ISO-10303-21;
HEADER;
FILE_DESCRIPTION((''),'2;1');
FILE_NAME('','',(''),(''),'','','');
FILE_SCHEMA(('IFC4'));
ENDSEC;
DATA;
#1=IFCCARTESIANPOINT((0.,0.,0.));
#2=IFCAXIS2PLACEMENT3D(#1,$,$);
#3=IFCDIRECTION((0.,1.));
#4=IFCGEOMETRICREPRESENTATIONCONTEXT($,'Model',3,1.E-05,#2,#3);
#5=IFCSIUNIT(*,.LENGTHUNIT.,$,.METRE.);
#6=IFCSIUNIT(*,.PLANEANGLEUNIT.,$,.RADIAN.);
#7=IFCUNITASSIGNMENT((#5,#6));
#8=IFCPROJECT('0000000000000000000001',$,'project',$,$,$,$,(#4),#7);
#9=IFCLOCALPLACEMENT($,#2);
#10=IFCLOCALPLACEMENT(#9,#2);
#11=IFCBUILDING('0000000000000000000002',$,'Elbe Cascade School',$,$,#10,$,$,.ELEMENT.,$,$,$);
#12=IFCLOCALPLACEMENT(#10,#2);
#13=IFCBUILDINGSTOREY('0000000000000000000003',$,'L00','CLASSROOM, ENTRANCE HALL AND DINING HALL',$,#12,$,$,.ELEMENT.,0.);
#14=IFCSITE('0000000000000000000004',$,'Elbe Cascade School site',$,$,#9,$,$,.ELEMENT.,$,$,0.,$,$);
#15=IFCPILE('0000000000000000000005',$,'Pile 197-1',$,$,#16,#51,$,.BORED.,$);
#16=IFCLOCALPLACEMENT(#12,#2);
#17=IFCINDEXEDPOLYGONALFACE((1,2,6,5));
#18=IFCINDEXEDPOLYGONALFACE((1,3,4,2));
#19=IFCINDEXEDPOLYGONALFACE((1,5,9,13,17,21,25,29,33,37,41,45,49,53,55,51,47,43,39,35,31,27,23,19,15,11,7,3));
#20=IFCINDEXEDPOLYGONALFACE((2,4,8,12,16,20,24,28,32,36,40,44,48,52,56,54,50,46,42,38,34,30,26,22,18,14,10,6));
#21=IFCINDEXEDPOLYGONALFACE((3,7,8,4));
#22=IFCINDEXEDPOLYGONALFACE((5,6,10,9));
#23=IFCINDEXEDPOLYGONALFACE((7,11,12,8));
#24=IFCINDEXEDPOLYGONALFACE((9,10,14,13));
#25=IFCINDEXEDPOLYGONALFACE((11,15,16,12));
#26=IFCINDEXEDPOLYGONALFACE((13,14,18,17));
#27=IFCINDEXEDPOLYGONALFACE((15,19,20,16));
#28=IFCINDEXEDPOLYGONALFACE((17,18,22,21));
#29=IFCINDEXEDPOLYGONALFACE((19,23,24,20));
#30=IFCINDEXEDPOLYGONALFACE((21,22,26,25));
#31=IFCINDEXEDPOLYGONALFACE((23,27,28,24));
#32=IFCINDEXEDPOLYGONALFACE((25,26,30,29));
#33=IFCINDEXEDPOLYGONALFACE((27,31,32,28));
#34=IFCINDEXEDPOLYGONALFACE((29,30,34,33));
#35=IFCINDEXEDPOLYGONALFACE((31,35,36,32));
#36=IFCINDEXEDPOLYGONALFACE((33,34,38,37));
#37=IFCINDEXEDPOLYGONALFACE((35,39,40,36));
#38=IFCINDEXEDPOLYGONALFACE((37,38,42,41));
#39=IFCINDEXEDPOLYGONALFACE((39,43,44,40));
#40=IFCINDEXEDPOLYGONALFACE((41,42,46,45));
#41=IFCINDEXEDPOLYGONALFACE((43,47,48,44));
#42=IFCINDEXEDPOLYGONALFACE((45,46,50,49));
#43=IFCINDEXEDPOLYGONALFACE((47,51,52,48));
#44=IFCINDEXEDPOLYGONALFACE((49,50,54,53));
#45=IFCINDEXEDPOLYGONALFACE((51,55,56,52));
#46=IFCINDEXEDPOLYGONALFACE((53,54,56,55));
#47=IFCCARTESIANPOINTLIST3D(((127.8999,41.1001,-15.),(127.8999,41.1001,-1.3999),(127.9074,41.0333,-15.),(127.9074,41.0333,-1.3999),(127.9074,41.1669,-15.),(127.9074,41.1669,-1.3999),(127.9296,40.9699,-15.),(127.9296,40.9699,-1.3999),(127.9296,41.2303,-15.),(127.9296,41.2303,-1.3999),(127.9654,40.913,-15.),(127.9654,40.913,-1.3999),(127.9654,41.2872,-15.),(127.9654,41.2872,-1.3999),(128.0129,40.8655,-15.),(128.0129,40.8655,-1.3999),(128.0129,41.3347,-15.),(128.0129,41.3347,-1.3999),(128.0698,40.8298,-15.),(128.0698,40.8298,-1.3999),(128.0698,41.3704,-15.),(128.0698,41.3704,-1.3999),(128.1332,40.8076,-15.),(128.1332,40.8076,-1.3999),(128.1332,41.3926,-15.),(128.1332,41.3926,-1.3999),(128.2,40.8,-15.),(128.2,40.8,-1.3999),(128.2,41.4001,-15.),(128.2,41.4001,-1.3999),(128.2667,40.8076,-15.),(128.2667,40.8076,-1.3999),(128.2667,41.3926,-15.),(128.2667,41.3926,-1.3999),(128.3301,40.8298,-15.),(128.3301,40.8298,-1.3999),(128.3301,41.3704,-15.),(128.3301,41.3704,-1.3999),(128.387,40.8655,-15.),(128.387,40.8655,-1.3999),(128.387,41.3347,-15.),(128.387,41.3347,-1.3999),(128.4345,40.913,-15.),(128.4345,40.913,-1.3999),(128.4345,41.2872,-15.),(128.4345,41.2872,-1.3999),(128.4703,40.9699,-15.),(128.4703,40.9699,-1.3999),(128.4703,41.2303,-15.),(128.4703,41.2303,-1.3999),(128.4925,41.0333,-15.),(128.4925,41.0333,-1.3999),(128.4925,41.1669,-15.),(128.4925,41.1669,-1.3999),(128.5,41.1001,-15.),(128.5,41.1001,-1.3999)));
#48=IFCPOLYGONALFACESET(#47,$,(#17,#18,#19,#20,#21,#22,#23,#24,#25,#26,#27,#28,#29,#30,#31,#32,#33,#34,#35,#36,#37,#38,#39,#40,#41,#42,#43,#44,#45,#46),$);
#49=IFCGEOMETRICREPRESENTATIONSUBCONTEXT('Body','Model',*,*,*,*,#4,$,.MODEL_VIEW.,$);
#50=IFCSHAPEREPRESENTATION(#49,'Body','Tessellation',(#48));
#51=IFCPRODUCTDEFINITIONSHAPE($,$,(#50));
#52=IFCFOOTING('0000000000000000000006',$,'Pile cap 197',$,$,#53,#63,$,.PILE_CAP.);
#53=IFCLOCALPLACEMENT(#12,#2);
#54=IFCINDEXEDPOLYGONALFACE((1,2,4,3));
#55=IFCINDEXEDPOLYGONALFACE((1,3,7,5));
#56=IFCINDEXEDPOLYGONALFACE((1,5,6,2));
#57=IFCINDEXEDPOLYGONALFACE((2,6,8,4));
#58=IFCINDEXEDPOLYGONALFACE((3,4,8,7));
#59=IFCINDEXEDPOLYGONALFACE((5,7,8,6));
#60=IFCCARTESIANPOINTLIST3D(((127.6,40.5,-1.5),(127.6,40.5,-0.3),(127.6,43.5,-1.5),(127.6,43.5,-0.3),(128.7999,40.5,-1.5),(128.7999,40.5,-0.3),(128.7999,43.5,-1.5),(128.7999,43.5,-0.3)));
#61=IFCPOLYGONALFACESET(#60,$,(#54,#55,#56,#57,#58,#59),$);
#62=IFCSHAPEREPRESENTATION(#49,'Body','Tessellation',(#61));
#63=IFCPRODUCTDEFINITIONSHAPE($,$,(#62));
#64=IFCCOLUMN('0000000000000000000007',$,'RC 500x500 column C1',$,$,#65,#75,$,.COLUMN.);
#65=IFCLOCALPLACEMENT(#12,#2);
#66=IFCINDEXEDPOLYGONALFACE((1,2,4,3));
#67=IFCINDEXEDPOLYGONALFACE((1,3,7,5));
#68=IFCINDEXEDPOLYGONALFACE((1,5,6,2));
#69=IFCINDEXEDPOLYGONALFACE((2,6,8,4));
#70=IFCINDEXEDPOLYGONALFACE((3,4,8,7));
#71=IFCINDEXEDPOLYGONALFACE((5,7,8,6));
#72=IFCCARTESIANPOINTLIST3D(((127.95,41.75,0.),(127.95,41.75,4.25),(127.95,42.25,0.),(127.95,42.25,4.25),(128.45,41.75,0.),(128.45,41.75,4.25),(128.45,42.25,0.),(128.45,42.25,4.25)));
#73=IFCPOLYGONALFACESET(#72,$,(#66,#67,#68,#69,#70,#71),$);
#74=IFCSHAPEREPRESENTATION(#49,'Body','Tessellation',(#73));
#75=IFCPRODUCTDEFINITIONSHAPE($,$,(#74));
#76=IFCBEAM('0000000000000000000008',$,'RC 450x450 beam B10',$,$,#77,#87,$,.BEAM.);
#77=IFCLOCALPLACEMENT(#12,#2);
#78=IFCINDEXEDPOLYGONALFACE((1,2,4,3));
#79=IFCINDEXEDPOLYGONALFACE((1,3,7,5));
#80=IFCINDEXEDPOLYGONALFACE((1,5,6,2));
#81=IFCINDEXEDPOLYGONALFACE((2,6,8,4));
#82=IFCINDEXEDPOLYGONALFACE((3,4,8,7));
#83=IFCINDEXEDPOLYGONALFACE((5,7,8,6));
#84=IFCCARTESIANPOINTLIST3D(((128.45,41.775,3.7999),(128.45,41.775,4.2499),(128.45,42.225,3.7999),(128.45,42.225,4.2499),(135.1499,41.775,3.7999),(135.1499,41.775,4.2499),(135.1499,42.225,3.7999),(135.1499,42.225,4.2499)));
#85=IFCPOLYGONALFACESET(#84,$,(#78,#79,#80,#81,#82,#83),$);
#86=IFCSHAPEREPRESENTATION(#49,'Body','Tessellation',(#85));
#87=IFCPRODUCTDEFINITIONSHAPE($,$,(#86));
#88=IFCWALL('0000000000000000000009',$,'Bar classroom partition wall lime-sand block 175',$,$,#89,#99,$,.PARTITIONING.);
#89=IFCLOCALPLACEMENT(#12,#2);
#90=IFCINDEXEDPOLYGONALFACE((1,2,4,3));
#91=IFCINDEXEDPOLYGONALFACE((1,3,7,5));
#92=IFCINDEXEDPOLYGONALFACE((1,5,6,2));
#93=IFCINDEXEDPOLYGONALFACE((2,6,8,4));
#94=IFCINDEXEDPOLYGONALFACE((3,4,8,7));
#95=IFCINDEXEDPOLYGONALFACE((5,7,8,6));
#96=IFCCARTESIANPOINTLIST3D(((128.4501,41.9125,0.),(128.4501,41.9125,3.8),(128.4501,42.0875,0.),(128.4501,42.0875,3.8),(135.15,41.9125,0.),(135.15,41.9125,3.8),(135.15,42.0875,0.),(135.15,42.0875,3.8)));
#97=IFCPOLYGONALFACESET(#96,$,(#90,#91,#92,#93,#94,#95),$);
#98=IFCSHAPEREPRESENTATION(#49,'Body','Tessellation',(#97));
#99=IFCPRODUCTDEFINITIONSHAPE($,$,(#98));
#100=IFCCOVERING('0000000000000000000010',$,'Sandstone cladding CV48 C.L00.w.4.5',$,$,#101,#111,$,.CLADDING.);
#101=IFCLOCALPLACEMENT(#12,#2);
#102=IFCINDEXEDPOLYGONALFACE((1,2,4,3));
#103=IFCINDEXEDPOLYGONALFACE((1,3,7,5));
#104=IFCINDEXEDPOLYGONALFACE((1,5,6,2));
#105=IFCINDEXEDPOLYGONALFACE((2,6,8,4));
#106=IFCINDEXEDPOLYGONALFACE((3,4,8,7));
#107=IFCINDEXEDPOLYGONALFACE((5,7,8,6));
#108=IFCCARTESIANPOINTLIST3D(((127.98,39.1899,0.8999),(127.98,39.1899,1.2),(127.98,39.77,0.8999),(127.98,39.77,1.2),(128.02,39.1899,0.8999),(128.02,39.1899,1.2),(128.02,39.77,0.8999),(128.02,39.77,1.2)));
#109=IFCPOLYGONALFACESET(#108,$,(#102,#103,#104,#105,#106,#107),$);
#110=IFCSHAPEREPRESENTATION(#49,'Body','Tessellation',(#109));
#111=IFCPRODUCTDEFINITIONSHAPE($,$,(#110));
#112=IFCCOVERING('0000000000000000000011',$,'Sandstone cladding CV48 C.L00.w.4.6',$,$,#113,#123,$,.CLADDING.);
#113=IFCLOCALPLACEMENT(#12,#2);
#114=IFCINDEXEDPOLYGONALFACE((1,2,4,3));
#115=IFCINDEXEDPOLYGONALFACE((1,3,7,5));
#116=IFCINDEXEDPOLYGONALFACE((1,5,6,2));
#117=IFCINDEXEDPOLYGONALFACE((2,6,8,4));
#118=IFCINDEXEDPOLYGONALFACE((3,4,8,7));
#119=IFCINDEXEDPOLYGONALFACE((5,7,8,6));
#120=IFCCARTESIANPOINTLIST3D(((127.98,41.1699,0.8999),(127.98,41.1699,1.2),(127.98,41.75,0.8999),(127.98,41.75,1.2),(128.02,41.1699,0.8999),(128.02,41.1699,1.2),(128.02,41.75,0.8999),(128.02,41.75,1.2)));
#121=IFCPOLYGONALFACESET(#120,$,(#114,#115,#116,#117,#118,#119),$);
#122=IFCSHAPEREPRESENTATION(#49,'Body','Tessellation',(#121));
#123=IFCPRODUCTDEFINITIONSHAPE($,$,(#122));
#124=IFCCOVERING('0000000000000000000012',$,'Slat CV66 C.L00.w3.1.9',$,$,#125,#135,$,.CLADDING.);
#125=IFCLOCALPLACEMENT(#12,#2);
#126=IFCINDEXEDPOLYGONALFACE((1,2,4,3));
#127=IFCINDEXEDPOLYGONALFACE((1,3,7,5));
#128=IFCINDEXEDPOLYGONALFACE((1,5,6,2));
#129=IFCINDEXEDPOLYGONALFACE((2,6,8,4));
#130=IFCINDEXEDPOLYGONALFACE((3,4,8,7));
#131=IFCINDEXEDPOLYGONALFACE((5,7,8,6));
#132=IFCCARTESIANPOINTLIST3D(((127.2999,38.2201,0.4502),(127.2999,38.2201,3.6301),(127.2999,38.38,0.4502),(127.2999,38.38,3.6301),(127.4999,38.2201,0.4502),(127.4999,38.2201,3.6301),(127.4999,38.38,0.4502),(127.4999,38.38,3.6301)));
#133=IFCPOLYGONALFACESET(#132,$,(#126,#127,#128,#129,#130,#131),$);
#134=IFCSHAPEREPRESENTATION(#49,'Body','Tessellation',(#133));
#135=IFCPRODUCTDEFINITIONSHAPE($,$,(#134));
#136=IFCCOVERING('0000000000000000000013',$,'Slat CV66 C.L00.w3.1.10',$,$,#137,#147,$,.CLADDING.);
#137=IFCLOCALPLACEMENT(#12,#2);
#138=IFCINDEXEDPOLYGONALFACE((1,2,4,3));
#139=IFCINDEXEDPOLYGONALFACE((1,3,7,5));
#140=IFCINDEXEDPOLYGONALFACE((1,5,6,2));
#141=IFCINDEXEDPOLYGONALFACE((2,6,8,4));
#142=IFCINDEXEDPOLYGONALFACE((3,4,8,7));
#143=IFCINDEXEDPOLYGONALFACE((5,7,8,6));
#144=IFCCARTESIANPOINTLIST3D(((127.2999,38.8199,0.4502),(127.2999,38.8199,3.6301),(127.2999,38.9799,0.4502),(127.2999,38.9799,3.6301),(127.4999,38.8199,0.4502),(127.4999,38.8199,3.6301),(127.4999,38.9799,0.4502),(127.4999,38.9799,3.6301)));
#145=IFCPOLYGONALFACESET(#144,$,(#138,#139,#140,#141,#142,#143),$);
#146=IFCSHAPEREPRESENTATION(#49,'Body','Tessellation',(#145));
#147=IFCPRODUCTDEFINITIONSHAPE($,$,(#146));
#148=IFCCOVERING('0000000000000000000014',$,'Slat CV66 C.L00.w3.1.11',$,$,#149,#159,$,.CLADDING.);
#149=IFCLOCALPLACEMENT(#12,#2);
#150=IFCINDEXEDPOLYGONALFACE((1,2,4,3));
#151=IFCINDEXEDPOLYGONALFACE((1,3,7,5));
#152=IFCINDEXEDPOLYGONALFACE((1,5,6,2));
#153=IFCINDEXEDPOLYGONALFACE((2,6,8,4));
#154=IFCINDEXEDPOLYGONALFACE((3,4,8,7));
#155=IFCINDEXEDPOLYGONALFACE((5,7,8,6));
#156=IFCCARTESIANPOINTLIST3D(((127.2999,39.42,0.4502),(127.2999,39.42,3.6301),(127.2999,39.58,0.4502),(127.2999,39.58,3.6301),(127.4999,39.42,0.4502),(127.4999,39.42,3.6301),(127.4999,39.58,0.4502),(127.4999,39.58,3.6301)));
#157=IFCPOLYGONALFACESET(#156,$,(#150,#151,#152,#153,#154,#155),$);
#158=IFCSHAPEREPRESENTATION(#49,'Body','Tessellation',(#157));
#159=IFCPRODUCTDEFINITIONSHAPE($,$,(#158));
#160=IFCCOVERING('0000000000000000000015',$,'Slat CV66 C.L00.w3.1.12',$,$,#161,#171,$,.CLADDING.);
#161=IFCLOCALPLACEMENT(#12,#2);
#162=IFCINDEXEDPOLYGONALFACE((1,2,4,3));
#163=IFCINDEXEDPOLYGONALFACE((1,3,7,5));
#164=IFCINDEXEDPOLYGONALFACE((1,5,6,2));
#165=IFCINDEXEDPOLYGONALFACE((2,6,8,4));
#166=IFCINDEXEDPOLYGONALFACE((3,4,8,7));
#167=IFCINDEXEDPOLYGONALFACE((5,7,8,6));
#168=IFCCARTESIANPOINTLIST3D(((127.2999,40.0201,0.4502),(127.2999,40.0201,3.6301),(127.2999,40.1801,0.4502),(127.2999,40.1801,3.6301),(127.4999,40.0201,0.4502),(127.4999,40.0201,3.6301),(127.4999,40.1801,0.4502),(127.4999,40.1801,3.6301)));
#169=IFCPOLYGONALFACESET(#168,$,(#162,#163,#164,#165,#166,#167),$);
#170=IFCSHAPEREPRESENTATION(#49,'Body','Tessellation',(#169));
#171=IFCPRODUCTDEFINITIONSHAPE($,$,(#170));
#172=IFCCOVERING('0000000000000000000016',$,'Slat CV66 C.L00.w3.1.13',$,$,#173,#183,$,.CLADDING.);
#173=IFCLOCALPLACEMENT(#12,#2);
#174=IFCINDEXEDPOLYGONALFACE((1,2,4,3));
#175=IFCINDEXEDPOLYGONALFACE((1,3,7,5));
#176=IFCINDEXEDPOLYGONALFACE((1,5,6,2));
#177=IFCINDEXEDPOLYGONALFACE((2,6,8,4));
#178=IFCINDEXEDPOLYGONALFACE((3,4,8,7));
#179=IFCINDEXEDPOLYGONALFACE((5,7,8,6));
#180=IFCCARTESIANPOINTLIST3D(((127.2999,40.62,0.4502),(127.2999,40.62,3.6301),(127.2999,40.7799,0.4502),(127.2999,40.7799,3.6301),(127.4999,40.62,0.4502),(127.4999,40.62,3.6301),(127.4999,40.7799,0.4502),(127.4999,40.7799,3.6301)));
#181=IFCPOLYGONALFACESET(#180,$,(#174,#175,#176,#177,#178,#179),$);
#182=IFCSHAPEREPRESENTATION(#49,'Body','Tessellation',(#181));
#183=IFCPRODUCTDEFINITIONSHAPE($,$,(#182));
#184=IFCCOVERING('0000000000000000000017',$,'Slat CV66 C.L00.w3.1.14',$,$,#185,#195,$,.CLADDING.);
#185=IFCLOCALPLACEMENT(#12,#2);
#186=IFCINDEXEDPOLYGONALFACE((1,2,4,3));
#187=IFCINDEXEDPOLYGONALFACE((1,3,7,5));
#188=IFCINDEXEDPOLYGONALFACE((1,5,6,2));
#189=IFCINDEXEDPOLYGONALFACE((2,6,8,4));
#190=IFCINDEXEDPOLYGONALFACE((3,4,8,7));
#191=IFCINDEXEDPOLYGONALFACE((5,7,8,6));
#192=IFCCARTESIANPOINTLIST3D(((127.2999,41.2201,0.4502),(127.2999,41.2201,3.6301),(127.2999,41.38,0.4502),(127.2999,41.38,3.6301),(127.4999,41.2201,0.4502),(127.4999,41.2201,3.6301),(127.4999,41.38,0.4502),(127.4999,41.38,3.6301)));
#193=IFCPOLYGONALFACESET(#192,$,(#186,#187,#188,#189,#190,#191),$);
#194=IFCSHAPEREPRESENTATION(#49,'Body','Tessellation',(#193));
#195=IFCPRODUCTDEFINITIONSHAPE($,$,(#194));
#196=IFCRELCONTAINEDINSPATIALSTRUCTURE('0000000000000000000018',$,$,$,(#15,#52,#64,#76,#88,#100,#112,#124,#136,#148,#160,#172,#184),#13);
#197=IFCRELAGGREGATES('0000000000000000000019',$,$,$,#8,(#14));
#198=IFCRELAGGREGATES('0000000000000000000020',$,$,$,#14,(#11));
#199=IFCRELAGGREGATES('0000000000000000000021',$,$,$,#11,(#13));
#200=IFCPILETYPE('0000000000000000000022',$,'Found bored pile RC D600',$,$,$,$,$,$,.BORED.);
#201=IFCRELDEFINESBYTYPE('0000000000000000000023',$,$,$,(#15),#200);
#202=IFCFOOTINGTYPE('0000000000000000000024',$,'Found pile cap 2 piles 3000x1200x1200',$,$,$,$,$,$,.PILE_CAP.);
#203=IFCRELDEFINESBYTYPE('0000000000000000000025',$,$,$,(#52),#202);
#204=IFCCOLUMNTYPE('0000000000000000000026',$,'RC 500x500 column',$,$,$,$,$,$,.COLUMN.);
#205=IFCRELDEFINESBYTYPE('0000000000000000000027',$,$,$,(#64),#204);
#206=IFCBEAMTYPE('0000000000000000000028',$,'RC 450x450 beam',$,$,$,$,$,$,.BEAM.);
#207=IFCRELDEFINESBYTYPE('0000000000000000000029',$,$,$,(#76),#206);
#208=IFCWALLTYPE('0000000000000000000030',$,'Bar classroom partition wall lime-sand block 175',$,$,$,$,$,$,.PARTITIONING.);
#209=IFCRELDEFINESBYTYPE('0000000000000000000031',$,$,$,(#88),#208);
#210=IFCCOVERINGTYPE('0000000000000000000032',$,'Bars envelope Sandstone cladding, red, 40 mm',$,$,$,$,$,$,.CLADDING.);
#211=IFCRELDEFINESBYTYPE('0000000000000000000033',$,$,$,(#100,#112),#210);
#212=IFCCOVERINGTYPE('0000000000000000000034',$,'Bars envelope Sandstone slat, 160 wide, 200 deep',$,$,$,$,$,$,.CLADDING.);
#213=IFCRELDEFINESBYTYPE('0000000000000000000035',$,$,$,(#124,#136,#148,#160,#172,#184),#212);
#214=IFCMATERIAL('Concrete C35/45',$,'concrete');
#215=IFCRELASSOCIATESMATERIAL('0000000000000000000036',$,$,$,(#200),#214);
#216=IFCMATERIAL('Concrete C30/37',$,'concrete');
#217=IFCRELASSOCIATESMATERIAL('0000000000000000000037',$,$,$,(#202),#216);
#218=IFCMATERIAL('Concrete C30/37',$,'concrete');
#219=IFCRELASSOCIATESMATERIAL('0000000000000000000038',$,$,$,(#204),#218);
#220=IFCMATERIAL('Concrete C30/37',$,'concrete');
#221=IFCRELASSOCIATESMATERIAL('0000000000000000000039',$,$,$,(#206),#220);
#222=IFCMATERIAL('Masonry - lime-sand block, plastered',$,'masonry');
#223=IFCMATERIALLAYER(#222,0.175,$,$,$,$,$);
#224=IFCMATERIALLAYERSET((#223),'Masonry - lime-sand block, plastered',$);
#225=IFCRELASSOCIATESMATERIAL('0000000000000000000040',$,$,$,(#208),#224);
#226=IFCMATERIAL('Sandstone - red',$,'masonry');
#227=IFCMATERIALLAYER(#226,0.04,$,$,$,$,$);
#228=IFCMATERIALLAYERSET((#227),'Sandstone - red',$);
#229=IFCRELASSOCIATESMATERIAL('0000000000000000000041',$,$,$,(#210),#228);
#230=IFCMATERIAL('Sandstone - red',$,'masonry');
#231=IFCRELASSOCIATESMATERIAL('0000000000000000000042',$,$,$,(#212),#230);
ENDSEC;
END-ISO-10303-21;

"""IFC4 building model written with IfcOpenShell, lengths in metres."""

from ifc_helpers import new_model, si_unit, direction, frame, frame_2d, origin, origin_2d, place, context, subcontext, project, spatial, rectangle, circle, extrude, material, layer, layer_set, material_profile, profile_set, type_object, element, save


model = new_model("IFC4")

# Units and contexts
model_context = context("Model", 3, precision=1e-05, world=origin(), true_north=direction((0.0, 1.0)))
body_context = subcontext(model_context, "Body", "Model", "MODEL_VIEW")
ifc_project = project(units=[si_unit("LENGTHUNIT", "METRE"), si_unit("PLANEANGLEUNIT", "RADIAN")], contexts=[model_context])

# Site, building, storey
site_placement = place(None, origin())
site = spatial("IfcSite", under=ifc_project, at=site_placement, Name="Elbe Cascade School site", CompositionType="ELEMENT", RefElevation=0.0)
building_placement = place(site_placement, origin())
building = spatial("IfcBuilding", under=site, at=building_placement, Name="Elbe Cascade School", CompositionType="ELEMENT")
storey_placement = place(building_placement, origin())
storey = spatial("IfcBuildingStorey", under=building, at=storey_placement, Name="L00", Description="CLASSROOM, ENTRANCE HALL AND DINING HALL", CompositionType="ELEMENT", Elevation=0.0)

# Pile
ifc_material_1 = material(Name="Concrete C35/45", Category="concrete")
ifc_material_profile_1 = material_profile(ifc_material_1, circle(Radius=0.3, at=origin_2d()), Name="RC D600")
ifc_profile_set_1 = profile_set([ifc_material_profile_1], Name="Concrete C35/45")
pile_type = type_object("IfcPileType", Name="Found bored pile RC D600", PredefinedType="BORED", material=ifc_profile_set_1)
pile_placement = place(storey_placement, frame((128.2, 41.1001, -1.3999), z_axis=(0.0, 0.0, -1.0), x_axis=(1.0, 0.0, 0.0)))
element("IfcPile", 1, at=pile_placement, inside=storey, type_object=pile_type, Name="Pile 197-1", PredefinedType="BORED", context=body_context, shape_type="SweptSolid", body=[
    extrude(circle(Radius=0.3, at=origin_2d()), origin(), (0.0, 0.0, 1.0), 13.6001),
])

# Footing
ifc_material_2 = material(Name="Concrete C30/37", Category="concrete")
footing_type = type_object("IfcFootingType", Name="Found pile cap 2 piles 3000x1200x1200", PredefinedType="PILE_CAP", material=ifc_material_2)
footing_placement = place(storey_placement, frame((128.2, 42.0, -1.5), z_axis=(0.0, 0.0, 1.0), x_axis=(1.0, 0.0, 0.0)))
element("IfcFooting", 2, at=footing_placement, inside=storey, type_object=footing_type, Name="Pile cap 197", PredefinedType="PILE_CAP", context=body_context, shape_type="SweptSolid", body=[
    extrude(rectangle(XDim=1.2, YDim=3.0, at=origin_2d()), origin(), (0.0, 0.0, 1.0), 1.2),
])

# Column
ifc_material_3 = material(Name="Concrete C30/37", Category="concrete")
ifc_material_profile_2 = material_profile(ifc_material_3, rectangle(XDim=0.5, YDim=0.5, at=origin_2d()), Name="RC 500x500")
ifc_profile_set_2 = profile_set([ifc_material_profile_2], Name="Concrete C30/37")
column_type = type_object("IfcColumnType", Name="RC 500x500 column", PredefinedType="COLUMN", material=ifc_profile_set_2)
column_placement = place(storey_placement, frame((128.2, 42.0, 0.0), z_axis=(0.0, 0.0, 1.0), x_axis=(1.0, 0.0, 0.0)))
element("IfcColumn", 3, at=column_placement, inside=storey, type_object=column_type, Name="RC 500x500 column C1", PredefinedType="COLUMN", context=body_context, shape_type="SweptSolid", body=[
    extrude(rectangle(XDim=0.5, YDim=0.5, at=origin_2d()), origin(), (0.0, 0.0, 1.0), 4.25),
])

# Beam
ifc_material_4 = material(Name="Concrete C30/37", Category="concrete")
ifc_material_profile_3 = material_profile(ifc_material_4, rectangle(XDim=0.45, YDim=0.45, at=origin_2d()), Name="RC 450x450")
ifc_profile_set_3 = profile_set([ifc_material_profile_3], Name="Concrete C30/37")
beam_type = type_object("IfcBeamType", Name="RC 450x450 beam", PredefinedType="BEAM", material=ifc_profile_set_3)
beam_placement = place(storey_placement, frame((128.45, 42.0, 4.0249), z_axis=(1.0, 0.0, 0.0), x_axis=(0.0, 1.0, 0.0)))
element("IfcBeam", 4, at=beam_placement, inside=storey, type_object=beam_type, Name="RC 450x450 beam B10", PredefinedType="BEAM", context=body_context, shape_type="SweptSolid", body=[
    extrude(rectangle(XDim=0.45, YDim=0.45, at=origin_2d()), origin(), (0.0, 0.0, 1.0), 6.7),
])

# Wall
ifc_material_5 = material(Name="Masonry - lime-sand block, plastered", Category="masonry")
ifc_layer_1 = layer(ifc_material_5, 0.175)
ifc_layer_set_1 = layer_set([ifc_layer_1], Name="Masonry - lime-sand block, plastered")
wall_type = type_object("IfcWallType", Name="Bar classroom partition wall lime-sand block 175", PredefinedType="PARTITIONING", material=ifc_layer_set_1)
wall_placement = place(storey_placement, frame((128.45, 42.0, 0.0), z_axis=(0.0, 0.0, 1.0), x_axis=(1.0, 0.0, 0.0)))
element("IfcWall", 5, at=wall_placement, inside=storey, type_object=wall_type, Name="Bar classroom partition wall lime-sand block 175", PredefinedType="PARTITIONING", context=body_context, shape_type="SweptSolid", body=[
    extrude(rectangle(XDim=6.7, YDim=0.175, at=frame_2d((3.3501, 0.0))), origin(), (0.0, 0.0, 1.0), 3.8),
])

# Coverings
ifc_material_6 = material(Name="Sandstone - red", Category="masonry")
ifc_layer_2 = layer(ifc_material_6, 0.04)
ifc_layer_set_2 = layer_set([ifc_layer_2], Name="Sandstone - red")
covering_type_1 = type_object("IfcCoveringType", Name="Bars envelope Sandstone cladding, red, 40 mm", PredefinedType="CLADDING", material=ifc_layer_set_2)
for number, where, z_axis, x_axis, name in (
    (6, (128.0, 39.48, 0.8999), (0.0, 0.0, 1.0), (0.0, 1.0, 0.0), "Sandstone cladding CV48 C.L00.w.4.5"),
    (7, (128.0, 41.46, 0.8999), (0.0, 0.0, 1.0), (0.0, 1.0, 0.0), "Sandstone cladding CV48 C.L00.w.4.6"),
):
    element("IfcCovering", number, at=place(storey_placement, frame(where, z_axis=z_axis, x_axis=x_axis)), inside=storey, type_object=covering_type_1, Name=name, PredefinedType="CLADDING", context=body_context, shape_type="SweptSolid", body=[
        extrude(rectangle(XDim=0.5801, YDim=0.04, at=origin_2d()), origin(), (0.0, 0.0, 1.0), 0.3),
    ])
ifc_material_7 = material(Name="Sandstone - red", Category="masonry")
covering_type_2 = type_object("IfcCoveringType", Name="Bars envelope Sandstone slat, 160 wide, 200 deep", PredefinedType="CLADDING", material=ifc_material_7)
for number, where, z_axis, x_axis, name in (
    (8, (127.3999, 38.3, 0.4502), (0.0, 0.0, 1.0), (0.0, 1.0, 0.0), "Slat CV66 C.L00.w3.1.9"),
    (9, (127.3999, 38.8999, 0.4502), (0.0, 0.0, 1.0), (0.0, 1.0, 0.0), "Slat CV66 C.L00.w3.1.10"),
    (10, (127.3999, 39.5, 0.4502), (0.0, 0.0, 1.0), (0.0, 1.0, 0.0), "Slat CV66 C.L00.w3.1.11"),
    (11, (127.3999, 40.1001, 0.4502), (0.0, 0.0, 1.0), (0.0, 1.0, 0.0), "Slat CV66 C.L00.w3.1.12"),
    (12, (127.3999, 40.7, 0.4502), (0.0, 0.0, 1.0), (0.0, 1.0, 0.0), "Slat CV66 C.L00.w3.1.13"),
    (13, (127.3999, 41.3, 0.4502), (0.0, 0.0, 1.0), (0.0, 1.0, 0.0), "Slat CV66 C.L00.w3.1.14"),
):
    element("IfcCovering", number, at=place(storey_placement, frame(where, z_axis=z_axis, x_axis=x_axis)), inside=storey, type_object=covering_type_2, Name=name, PredefinedType="CLADDING", context=body_context, shape_type="SweptSolid", body=[
        extrude(rectangle(XDim=0.1599, YDim=0.2, at=origin_2d()), origin(), (0.0, 0.0, 1.0), 3.1799),
    ])

save(model, "model.ifc")
